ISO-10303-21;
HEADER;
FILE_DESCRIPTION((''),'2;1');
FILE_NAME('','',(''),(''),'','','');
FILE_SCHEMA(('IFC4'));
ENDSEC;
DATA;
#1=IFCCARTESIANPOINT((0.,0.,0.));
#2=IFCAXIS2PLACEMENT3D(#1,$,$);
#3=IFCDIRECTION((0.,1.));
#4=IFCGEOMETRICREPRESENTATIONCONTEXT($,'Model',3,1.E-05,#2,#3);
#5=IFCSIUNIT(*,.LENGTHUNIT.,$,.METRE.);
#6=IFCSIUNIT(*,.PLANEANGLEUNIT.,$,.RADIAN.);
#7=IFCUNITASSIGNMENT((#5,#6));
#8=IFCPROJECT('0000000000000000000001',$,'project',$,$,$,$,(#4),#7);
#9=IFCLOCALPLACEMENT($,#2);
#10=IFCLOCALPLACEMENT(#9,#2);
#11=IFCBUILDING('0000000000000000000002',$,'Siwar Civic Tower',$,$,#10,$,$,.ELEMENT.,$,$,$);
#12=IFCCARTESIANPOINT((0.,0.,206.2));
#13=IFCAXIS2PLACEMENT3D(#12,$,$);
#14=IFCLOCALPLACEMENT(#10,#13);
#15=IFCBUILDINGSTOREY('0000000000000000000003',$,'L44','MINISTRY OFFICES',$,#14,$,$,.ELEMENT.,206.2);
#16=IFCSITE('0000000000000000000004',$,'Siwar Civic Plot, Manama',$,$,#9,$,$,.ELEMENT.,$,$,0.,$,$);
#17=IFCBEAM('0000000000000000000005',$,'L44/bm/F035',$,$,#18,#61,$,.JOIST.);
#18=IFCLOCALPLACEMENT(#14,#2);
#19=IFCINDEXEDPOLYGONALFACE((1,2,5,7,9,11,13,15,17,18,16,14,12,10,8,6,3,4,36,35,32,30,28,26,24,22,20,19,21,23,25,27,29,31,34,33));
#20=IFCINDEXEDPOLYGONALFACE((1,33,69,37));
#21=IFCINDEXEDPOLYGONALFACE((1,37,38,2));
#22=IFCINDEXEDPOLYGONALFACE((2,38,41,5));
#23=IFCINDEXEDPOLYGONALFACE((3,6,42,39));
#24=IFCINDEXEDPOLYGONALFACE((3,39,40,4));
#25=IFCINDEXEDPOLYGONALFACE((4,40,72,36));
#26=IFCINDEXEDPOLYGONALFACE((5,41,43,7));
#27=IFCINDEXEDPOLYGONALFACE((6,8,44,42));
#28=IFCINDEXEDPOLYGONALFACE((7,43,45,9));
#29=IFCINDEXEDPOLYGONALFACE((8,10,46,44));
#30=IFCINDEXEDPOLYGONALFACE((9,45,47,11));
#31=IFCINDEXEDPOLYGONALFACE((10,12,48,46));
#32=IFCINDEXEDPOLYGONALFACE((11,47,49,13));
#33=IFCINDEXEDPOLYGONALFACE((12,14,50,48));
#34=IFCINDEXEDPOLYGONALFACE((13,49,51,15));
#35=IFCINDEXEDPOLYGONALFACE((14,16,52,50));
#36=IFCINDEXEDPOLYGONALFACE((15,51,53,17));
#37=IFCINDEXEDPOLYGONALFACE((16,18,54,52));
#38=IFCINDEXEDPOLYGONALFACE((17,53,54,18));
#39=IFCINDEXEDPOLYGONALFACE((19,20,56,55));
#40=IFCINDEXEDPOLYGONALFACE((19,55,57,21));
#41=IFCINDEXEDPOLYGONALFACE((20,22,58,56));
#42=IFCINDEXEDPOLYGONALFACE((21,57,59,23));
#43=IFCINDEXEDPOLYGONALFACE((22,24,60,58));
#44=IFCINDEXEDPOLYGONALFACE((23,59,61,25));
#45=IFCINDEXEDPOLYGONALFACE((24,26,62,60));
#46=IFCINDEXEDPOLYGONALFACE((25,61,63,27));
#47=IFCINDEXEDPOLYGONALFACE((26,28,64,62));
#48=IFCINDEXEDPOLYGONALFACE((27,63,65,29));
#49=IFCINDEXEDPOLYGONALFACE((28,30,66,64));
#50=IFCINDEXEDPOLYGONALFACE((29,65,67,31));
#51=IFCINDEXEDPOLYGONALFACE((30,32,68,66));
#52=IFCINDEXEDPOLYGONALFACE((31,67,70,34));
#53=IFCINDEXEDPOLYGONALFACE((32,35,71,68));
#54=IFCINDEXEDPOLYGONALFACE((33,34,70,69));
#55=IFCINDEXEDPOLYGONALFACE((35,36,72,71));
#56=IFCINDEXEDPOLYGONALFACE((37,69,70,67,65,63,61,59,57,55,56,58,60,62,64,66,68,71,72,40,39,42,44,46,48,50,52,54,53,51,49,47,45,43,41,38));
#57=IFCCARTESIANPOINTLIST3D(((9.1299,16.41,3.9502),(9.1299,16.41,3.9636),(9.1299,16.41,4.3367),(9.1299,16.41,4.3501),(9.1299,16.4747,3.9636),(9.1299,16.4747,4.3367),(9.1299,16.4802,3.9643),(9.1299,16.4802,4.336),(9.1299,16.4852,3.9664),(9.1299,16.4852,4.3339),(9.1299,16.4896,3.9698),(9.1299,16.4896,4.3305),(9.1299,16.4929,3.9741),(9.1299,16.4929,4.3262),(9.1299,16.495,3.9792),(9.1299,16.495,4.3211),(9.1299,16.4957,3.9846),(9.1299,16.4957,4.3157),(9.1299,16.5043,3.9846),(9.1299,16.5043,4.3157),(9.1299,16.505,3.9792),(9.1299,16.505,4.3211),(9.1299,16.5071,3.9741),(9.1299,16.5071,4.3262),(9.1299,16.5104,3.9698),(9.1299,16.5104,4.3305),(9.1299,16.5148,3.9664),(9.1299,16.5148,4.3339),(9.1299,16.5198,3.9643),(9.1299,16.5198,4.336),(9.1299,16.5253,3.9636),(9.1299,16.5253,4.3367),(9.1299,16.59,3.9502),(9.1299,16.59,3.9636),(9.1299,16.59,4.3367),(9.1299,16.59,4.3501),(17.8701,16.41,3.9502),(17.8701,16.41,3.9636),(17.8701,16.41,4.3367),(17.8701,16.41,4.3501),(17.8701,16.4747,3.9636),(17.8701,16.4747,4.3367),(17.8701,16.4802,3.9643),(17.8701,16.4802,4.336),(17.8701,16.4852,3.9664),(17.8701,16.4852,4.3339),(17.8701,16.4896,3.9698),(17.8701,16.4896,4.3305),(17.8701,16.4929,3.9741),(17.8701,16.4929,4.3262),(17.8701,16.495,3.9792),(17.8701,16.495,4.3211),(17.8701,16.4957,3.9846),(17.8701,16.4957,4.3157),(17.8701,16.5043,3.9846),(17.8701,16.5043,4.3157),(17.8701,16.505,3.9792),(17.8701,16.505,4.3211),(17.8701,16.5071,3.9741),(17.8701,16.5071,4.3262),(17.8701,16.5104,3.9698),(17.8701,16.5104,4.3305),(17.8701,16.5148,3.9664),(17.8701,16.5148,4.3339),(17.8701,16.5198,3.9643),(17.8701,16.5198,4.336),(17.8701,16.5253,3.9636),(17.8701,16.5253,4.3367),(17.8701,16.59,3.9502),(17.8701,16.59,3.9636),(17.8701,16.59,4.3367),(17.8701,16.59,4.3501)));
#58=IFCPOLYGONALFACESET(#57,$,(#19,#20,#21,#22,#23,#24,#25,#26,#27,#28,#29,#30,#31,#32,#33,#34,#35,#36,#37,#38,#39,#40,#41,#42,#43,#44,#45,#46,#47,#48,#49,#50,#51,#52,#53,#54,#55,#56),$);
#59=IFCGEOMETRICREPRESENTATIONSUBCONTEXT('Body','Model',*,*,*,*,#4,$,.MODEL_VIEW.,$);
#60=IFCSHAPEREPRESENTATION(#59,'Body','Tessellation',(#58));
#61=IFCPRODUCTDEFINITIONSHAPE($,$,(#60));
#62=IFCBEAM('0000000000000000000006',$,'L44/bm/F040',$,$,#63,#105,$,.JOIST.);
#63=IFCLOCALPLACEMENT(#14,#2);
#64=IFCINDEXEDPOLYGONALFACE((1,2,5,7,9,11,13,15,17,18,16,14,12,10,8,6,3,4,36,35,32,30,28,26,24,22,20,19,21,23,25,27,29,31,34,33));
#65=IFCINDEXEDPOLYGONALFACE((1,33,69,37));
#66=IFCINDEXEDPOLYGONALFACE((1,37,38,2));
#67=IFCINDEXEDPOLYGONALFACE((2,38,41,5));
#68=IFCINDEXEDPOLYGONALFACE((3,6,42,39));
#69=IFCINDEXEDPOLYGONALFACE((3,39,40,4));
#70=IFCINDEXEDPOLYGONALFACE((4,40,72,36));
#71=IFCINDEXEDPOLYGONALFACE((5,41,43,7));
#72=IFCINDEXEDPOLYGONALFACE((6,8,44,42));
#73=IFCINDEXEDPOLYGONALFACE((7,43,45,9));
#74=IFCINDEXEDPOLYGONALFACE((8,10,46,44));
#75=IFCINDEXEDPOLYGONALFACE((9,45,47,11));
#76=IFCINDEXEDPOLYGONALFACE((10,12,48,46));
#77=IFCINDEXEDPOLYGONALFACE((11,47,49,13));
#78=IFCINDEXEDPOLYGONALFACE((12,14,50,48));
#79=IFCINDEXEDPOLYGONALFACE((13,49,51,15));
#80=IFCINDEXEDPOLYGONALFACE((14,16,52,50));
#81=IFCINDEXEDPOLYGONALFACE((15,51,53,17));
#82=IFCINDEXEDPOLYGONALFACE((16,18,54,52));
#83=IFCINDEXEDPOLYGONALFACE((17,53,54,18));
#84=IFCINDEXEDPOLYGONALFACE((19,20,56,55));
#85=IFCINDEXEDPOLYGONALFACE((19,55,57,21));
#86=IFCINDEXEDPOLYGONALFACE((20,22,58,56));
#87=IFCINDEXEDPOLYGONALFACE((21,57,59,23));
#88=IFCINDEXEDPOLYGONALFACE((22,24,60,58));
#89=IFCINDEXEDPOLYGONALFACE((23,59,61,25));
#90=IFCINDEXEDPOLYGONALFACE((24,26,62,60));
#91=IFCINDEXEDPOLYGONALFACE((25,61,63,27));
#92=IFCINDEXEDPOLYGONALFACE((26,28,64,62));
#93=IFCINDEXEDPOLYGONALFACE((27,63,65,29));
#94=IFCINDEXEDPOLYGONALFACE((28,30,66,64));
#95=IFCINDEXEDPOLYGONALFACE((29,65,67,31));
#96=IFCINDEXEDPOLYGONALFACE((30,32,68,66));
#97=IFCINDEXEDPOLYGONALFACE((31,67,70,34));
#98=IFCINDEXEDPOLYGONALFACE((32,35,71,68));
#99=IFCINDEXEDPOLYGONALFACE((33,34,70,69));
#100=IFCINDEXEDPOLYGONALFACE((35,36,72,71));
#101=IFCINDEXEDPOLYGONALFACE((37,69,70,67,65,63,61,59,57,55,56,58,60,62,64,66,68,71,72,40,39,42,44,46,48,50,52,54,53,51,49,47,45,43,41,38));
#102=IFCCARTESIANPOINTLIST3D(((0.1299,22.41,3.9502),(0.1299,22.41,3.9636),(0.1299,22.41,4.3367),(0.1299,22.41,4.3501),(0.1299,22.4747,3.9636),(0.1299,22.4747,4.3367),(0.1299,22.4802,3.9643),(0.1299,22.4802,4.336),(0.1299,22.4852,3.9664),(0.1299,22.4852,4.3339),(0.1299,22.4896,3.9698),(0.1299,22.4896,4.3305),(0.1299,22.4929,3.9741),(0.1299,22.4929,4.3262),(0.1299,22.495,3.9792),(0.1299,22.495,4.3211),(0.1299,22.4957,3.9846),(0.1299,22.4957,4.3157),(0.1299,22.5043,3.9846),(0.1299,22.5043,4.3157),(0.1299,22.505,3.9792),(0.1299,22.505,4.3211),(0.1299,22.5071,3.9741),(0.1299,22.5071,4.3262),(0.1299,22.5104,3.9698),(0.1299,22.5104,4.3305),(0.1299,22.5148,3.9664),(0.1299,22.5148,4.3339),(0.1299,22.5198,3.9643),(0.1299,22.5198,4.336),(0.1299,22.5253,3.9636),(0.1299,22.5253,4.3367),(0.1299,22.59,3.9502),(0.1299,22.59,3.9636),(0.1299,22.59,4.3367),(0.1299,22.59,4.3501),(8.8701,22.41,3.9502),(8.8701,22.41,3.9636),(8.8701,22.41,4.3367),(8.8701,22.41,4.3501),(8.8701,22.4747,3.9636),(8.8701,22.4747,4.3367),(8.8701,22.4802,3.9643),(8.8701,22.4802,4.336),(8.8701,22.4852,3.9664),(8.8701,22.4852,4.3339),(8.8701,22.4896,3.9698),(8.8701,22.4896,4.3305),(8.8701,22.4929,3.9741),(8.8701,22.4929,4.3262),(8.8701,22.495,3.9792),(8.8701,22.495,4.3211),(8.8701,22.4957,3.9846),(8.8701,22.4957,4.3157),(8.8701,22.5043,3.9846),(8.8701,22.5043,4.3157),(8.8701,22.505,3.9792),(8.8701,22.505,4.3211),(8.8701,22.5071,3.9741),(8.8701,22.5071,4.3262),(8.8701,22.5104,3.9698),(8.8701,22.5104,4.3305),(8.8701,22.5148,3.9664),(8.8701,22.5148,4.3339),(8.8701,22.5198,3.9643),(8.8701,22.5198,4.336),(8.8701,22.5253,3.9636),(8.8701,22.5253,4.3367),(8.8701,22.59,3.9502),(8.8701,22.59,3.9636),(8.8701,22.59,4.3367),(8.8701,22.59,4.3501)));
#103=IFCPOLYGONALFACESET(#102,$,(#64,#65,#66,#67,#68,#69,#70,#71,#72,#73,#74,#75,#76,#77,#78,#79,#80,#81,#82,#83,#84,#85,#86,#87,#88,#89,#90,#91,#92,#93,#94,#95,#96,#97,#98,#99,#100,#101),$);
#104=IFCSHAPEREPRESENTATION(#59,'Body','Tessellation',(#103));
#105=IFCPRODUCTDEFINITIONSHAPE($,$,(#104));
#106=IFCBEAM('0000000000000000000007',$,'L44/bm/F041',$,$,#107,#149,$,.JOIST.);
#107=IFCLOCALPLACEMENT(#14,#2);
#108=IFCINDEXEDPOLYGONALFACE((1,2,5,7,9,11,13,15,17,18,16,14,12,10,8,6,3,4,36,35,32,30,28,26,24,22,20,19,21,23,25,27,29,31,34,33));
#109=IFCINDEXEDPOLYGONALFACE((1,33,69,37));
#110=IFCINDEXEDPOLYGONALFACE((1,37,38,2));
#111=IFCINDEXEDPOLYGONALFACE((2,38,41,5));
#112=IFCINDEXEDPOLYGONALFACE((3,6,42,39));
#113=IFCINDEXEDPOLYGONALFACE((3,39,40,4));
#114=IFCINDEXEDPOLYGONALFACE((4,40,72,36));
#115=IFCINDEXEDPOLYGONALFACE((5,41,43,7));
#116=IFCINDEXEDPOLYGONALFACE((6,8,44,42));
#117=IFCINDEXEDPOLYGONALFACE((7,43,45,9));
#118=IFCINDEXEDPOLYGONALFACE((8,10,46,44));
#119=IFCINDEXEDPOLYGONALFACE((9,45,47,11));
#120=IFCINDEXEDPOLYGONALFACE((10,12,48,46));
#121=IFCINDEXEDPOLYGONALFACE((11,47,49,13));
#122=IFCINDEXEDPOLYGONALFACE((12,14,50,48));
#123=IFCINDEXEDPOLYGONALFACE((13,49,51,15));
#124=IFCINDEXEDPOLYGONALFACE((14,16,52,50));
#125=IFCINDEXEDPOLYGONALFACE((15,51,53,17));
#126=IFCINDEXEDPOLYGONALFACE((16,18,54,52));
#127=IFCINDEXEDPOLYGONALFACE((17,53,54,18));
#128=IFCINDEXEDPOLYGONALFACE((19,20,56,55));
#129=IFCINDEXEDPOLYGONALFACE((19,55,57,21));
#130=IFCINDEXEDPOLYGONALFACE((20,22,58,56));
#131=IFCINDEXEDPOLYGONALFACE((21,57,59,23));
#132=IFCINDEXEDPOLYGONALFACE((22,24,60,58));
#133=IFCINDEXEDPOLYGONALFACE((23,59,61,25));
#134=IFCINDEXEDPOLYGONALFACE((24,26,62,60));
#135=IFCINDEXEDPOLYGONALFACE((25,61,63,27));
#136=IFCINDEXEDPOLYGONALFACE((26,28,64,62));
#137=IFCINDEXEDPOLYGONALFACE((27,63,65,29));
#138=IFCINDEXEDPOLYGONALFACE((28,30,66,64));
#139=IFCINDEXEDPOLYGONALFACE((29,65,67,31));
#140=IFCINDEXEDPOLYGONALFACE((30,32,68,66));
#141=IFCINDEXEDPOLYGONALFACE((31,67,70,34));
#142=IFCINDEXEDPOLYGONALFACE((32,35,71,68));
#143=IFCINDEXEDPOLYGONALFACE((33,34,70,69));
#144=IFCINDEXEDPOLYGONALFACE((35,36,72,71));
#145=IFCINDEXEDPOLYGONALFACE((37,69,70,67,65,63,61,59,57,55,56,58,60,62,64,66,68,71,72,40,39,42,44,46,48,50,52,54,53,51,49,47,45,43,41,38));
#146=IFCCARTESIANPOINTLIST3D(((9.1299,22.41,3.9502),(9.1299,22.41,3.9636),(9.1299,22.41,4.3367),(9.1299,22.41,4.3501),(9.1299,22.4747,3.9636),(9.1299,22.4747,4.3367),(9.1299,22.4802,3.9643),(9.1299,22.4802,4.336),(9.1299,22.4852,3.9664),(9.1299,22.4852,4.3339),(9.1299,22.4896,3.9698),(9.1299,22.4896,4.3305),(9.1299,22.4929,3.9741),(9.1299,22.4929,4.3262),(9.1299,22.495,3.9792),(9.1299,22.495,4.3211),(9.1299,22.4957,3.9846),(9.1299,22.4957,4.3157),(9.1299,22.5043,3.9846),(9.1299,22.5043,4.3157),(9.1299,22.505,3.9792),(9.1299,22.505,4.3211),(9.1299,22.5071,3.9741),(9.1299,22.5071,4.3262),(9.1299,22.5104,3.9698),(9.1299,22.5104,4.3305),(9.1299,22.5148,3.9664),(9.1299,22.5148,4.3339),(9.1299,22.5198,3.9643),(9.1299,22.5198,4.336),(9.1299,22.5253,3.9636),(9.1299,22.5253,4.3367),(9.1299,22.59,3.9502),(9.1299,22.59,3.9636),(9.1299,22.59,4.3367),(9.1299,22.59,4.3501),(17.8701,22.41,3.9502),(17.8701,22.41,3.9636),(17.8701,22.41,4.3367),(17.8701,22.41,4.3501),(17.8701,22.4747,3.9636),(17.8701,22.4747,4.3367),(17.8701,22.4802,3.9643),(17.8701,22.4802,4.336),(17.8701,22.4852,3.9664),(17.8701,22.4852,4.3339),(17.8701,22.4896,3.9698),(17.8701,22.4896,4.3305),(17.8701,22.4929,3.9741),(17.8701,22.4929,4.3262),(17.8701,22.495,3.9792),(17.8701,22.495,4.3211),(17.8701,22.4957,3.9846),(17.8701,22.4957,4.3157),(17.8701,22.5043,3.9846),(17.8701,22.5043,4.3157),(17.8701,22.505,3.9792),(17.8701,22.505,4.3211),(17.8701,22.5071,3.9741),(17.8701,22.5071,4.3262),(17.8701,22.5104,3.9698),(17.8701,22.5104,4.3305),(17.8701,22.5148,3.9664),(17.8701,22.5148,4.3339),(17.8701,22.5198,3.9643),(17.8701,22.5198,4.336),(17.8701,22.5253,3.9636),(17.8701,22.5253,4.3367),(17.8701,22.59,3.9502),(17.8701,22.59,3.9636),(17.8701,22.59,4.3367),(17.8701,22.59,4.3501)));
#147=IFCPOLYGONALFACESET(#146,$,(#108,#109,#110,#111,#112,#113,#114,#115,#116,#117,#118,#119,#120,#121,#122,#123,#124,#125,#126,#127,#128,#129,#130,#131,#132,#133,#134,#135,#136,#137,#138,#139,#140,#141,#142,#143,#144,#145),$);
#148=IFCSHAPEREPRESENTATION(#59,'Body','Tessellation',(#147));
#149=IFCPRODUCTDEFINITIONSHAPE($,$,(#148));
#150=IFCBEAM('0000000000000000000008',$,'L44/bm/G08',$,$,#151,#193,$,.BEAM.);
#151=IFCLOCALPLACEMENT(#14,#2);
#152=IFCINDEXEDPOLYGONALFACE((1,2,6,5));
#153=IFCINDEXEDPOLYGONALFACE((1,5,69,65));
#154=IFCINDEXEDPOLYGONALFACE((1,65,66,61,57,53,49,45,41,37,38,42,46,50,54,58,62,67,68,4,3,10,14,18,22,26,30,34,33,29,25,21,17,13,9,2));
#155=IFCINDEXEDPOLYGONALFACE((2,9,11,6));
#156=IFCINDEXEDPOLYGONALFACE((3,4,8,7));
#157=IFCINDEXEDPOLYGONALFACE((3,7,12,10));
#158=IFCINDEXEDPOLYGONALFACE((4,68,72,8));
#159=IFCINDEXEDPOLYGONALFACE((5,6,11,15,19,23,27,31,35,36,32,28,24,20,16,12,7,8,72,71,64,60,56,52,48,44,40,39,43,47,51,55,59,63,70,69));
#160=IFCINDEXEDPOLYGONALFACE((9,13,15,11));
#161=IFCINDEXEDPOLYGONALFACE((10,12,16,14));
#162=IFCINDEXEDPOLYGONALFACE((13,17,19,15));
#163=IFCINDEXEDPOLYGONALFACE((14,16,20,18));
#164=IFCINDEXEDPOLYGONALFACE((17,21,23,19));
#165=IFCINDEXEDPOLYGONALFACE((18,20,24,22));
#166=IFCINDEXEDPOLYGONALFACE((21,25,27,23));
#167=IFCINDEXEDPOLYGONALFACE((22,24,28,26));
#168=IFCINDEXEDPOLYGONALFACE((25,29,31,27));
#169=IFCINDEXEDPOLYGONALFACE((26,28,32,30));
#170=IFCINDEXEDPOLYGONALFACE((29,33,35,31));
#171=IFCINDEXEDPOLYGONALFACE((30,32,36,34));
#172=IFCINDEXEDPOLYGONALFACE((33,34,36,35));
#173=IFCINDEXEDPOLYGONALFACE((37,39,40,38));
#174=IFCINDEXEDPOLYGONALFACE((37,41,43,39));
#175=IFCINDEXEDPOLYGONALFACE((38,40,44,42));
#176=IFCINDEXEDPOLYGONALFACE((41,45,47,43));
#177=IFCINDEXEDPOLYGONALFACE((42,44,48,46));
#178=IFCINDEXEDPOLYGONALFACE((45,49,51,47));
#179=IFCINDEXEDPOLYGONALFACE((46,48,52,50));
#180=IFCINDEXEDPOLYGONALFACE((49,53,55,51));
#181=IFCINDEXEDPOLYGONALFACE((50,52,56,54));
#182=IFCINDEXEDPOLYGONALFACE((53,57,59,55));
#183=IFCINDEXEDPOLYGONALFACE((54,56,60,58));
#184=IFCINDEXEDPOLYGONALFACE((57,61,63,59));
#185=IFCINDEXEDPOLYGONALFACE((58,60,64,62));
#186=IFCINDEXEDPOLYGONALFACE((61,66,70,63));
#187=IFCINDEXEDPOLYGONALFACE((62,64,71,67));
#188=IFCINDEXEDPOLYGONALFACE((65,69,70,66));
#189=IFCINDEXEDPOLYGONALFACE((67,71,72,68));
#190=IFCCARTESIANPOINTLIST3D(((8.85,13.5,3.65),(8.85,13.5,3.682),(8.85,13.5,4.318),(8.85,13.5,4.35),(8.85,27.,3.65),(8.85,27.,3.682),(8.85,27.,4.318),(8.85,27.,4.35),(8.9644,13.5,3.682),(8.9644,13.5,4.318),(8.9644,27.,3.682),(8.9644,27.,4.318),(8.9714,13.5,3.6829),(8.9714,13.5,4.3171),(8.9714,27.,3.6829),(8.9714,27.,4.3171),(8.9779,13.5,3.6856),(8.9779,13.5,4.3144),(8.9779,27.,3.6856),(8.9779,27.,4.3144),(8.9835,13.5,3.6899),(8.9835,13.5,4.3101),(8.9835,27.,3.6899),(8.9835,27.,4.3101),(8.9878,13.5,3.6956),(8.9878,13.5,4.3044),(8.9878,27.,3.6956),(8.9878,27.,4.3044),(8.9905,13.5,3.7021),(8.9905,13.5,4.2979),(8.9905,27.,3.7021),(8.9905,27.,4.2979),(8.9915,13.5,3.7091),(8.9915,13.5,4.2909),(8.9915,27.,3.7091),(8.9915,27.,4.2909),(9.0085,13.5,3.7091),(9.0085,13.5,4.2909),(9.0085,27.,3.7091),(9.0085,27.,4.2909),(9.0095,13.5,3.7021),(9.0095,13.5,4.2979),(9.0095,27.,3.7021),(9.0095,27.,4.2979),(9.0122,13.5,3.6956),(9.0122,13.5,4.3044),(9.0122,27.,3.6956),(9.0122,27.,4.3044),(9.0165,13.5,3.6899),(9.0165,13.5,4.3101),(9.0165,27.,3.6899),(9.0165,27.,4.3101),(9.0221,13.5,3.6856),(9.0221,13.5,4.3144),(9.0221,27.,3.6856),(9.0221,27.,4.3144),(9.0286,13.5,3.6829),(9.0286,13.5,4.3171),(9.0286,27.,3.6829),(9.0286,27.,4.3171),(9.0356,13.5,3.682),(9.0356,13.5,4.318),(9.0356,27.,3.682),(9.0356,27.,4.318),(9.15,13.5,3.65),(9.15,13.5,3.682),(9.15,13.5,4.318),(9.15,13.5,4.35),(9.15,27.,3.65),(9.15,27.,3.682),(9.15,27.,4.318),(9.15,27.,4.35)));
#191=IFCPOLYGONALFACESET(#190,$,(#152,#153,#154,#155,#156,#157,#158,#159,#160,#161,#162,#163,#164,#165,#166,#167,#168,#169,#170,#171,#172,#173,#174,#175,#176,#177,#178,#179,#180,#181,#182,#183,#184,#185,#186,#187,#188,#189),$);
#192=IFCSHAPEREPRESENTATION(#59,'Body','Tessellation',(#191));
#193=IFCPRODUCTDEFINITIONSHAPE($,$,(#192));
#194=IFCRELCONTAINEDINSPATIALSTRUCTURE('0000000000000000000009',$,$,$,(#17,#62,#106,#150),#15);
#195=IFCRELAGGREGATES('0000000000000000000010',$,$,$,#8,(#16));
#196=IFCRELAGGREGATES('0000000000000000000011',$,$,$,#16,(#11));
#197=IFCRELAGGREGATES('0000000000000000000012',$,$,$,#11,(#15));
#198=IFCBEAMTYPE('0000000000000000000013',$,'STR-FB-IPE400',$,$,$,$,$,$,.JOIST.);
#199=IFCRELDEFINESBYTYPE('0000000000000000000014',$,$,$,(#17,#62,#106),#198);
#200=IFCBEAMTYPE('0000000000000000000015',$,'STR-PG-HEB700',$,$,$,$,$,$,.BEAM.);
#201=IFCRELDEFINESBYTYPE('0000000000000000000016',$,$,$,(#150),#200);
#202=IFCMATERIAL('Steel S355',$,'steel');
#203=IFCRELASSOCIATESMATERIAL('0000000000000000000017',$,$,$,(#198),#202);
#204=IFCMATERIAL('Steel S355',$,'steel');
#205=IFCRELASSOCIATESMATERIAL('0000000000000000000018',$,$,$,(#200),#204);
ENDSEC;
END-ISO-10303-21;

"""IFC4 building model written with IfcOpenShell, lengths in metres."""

from ifc_helpers import new_model, si_unit, direction, frame, origin, origin_2d, place, context, subcontext, project, spatial, i_section, extrude, material, material_profile, profile_set, type_object, element, save


model = new_model("IFC4")

# Units and contexts
model_context = context("Model", 3, precision=1e-05, world=origin(), true_north=direction((0.0, 1.0)))
body_context = subcontext(model_context, "Body", "Model", "MODEL_VIEW")
ifc_project = project(units=[si_unit("LENGTHUNIT", "METRE"), si_unit("PLANEANGLEUNIT", "RADIAN")], contexts=[model_context])

# Site, building, storey
site_placement = place(None, origin())
site = spatial("IfcSite", under=ifc_project, at=site_placement, Name="Siwar Civic Plot, Manama", CompositionType="ELEMENT", RefElevation=0.0)
building_placement = place(site_placement, origin())
building = spatial("IfcBuilding", under=site, at=building_placement, Name="Siwar Civic Tower", CompositionType="ELEMENT")
storey_placement = place(building_placement, frame((0.0, 0.0, 206.2)))
storey = spatial("IfcBuildingStorey", under=building, at=storey_placement, Name="L44", Description="MINISTRY OFFICES", CompositionType="ELEMENT", Elevation=206.2)

# Beams
ifc_material_1 = material(Name="Steel S355", Category="steel")
ifc_material_profile_1 = material_profile(ifc_material_1, i_section(OverallWidth=0.1799, OverallDepth=0.3999, WebThickness=0.0085, FlangeThickness=0.0134, FilletRadius=0.021, at=origin_2d()), Name="IPE400")
ifc_profile_set_1 = profile_set([ifc_material_profile_1], Name="Steel S355")
beam_type_1 = type_object("IfcBeamType", Name="STR-FB-IPE400", PredefinedType="JOIST", material=ifc_profile_set_1)
for number, where, z_axis, x_axis, name in (
    (1, (9.1299, 16.5, 4.1501), (1.0, 0.0, 0.0), (0.0, 1.0, 0.0), "L44/bm/F035"),
    (2, (0.1299, 22.5, 4.1501), (1.0, 0.0, 0.0), (0.0, 1.0, 0.0), "L44/bm/F040"),
    (3, (9.1299, 22.5, 4.1501), (1.0, 0.0, 0.0), (0.0, 1.0, 0.0), "L44/bm/F041"),
):
    element("IfcBeam", number, at=place(storey_placement, frame(where, z_axis=z_axis, x_axis=x_axis)), inside=storey, type_object=beam_type_1, Name=name, PredefinedType="JOIST", context=body_context, shape_type="SweptSolid", body=[
        extrude(i_section(OverallWidth=0.1799, OverallDepth=0.3999, WebThickness=0.0085, FlangeThickness=0.0134, FilletRadius=0.021, at=origin_2d()), origin(), (0.0, 0.0, 1.0), 8.7402),
    ])
ifc_material_2 = material(Name="Steel S355", Category="steel")
ifc_material_profile_2 = material_profile(ifc_material_2, i_section(OverallWidth=0.3, OverallDepth=0.7, WebThickness=0.0171, FlangeThickness=0.032, FilletRadius=0.0271, at=origin_2d()), Name="HEB700")
ifc_profile_set_2 = profile_set([ifc_material_profile_2], Name="Steel S355")
beam_type_2 = type_object("IfcBeamType", Name="STR-PG-HEB700", PredefinedType="BEAM", material=ifc_profile_set_2)
for number, where, z_axis, x_axis, name in (
    (4, (9.0, 13.5, 4.0), (0.0, 1.0, 0.0), (-1.0, 0.0, 0.0), "L44/bm/G08"),
):
    element("IfcBeam", number, at=place(storey_placement, frame(where, z_axis=z_axis, x_axis=x_axis)), inside=storey, type_object=beam_type_2, Name=name, PredefinedType="BEAM", context=body_context, shape_type="SweptSolid", body=[
        extrude(i_section(OverallWidth=0.3, OverallDepth=0.7, WebThickness=0.0171, FlangeThickness=0.032, FilletRadius=0.0271, at=origin_2d()), origin(), (0.0, 0.0, 1.0), 13.5),
    ])

save(model, "model.ifc")
